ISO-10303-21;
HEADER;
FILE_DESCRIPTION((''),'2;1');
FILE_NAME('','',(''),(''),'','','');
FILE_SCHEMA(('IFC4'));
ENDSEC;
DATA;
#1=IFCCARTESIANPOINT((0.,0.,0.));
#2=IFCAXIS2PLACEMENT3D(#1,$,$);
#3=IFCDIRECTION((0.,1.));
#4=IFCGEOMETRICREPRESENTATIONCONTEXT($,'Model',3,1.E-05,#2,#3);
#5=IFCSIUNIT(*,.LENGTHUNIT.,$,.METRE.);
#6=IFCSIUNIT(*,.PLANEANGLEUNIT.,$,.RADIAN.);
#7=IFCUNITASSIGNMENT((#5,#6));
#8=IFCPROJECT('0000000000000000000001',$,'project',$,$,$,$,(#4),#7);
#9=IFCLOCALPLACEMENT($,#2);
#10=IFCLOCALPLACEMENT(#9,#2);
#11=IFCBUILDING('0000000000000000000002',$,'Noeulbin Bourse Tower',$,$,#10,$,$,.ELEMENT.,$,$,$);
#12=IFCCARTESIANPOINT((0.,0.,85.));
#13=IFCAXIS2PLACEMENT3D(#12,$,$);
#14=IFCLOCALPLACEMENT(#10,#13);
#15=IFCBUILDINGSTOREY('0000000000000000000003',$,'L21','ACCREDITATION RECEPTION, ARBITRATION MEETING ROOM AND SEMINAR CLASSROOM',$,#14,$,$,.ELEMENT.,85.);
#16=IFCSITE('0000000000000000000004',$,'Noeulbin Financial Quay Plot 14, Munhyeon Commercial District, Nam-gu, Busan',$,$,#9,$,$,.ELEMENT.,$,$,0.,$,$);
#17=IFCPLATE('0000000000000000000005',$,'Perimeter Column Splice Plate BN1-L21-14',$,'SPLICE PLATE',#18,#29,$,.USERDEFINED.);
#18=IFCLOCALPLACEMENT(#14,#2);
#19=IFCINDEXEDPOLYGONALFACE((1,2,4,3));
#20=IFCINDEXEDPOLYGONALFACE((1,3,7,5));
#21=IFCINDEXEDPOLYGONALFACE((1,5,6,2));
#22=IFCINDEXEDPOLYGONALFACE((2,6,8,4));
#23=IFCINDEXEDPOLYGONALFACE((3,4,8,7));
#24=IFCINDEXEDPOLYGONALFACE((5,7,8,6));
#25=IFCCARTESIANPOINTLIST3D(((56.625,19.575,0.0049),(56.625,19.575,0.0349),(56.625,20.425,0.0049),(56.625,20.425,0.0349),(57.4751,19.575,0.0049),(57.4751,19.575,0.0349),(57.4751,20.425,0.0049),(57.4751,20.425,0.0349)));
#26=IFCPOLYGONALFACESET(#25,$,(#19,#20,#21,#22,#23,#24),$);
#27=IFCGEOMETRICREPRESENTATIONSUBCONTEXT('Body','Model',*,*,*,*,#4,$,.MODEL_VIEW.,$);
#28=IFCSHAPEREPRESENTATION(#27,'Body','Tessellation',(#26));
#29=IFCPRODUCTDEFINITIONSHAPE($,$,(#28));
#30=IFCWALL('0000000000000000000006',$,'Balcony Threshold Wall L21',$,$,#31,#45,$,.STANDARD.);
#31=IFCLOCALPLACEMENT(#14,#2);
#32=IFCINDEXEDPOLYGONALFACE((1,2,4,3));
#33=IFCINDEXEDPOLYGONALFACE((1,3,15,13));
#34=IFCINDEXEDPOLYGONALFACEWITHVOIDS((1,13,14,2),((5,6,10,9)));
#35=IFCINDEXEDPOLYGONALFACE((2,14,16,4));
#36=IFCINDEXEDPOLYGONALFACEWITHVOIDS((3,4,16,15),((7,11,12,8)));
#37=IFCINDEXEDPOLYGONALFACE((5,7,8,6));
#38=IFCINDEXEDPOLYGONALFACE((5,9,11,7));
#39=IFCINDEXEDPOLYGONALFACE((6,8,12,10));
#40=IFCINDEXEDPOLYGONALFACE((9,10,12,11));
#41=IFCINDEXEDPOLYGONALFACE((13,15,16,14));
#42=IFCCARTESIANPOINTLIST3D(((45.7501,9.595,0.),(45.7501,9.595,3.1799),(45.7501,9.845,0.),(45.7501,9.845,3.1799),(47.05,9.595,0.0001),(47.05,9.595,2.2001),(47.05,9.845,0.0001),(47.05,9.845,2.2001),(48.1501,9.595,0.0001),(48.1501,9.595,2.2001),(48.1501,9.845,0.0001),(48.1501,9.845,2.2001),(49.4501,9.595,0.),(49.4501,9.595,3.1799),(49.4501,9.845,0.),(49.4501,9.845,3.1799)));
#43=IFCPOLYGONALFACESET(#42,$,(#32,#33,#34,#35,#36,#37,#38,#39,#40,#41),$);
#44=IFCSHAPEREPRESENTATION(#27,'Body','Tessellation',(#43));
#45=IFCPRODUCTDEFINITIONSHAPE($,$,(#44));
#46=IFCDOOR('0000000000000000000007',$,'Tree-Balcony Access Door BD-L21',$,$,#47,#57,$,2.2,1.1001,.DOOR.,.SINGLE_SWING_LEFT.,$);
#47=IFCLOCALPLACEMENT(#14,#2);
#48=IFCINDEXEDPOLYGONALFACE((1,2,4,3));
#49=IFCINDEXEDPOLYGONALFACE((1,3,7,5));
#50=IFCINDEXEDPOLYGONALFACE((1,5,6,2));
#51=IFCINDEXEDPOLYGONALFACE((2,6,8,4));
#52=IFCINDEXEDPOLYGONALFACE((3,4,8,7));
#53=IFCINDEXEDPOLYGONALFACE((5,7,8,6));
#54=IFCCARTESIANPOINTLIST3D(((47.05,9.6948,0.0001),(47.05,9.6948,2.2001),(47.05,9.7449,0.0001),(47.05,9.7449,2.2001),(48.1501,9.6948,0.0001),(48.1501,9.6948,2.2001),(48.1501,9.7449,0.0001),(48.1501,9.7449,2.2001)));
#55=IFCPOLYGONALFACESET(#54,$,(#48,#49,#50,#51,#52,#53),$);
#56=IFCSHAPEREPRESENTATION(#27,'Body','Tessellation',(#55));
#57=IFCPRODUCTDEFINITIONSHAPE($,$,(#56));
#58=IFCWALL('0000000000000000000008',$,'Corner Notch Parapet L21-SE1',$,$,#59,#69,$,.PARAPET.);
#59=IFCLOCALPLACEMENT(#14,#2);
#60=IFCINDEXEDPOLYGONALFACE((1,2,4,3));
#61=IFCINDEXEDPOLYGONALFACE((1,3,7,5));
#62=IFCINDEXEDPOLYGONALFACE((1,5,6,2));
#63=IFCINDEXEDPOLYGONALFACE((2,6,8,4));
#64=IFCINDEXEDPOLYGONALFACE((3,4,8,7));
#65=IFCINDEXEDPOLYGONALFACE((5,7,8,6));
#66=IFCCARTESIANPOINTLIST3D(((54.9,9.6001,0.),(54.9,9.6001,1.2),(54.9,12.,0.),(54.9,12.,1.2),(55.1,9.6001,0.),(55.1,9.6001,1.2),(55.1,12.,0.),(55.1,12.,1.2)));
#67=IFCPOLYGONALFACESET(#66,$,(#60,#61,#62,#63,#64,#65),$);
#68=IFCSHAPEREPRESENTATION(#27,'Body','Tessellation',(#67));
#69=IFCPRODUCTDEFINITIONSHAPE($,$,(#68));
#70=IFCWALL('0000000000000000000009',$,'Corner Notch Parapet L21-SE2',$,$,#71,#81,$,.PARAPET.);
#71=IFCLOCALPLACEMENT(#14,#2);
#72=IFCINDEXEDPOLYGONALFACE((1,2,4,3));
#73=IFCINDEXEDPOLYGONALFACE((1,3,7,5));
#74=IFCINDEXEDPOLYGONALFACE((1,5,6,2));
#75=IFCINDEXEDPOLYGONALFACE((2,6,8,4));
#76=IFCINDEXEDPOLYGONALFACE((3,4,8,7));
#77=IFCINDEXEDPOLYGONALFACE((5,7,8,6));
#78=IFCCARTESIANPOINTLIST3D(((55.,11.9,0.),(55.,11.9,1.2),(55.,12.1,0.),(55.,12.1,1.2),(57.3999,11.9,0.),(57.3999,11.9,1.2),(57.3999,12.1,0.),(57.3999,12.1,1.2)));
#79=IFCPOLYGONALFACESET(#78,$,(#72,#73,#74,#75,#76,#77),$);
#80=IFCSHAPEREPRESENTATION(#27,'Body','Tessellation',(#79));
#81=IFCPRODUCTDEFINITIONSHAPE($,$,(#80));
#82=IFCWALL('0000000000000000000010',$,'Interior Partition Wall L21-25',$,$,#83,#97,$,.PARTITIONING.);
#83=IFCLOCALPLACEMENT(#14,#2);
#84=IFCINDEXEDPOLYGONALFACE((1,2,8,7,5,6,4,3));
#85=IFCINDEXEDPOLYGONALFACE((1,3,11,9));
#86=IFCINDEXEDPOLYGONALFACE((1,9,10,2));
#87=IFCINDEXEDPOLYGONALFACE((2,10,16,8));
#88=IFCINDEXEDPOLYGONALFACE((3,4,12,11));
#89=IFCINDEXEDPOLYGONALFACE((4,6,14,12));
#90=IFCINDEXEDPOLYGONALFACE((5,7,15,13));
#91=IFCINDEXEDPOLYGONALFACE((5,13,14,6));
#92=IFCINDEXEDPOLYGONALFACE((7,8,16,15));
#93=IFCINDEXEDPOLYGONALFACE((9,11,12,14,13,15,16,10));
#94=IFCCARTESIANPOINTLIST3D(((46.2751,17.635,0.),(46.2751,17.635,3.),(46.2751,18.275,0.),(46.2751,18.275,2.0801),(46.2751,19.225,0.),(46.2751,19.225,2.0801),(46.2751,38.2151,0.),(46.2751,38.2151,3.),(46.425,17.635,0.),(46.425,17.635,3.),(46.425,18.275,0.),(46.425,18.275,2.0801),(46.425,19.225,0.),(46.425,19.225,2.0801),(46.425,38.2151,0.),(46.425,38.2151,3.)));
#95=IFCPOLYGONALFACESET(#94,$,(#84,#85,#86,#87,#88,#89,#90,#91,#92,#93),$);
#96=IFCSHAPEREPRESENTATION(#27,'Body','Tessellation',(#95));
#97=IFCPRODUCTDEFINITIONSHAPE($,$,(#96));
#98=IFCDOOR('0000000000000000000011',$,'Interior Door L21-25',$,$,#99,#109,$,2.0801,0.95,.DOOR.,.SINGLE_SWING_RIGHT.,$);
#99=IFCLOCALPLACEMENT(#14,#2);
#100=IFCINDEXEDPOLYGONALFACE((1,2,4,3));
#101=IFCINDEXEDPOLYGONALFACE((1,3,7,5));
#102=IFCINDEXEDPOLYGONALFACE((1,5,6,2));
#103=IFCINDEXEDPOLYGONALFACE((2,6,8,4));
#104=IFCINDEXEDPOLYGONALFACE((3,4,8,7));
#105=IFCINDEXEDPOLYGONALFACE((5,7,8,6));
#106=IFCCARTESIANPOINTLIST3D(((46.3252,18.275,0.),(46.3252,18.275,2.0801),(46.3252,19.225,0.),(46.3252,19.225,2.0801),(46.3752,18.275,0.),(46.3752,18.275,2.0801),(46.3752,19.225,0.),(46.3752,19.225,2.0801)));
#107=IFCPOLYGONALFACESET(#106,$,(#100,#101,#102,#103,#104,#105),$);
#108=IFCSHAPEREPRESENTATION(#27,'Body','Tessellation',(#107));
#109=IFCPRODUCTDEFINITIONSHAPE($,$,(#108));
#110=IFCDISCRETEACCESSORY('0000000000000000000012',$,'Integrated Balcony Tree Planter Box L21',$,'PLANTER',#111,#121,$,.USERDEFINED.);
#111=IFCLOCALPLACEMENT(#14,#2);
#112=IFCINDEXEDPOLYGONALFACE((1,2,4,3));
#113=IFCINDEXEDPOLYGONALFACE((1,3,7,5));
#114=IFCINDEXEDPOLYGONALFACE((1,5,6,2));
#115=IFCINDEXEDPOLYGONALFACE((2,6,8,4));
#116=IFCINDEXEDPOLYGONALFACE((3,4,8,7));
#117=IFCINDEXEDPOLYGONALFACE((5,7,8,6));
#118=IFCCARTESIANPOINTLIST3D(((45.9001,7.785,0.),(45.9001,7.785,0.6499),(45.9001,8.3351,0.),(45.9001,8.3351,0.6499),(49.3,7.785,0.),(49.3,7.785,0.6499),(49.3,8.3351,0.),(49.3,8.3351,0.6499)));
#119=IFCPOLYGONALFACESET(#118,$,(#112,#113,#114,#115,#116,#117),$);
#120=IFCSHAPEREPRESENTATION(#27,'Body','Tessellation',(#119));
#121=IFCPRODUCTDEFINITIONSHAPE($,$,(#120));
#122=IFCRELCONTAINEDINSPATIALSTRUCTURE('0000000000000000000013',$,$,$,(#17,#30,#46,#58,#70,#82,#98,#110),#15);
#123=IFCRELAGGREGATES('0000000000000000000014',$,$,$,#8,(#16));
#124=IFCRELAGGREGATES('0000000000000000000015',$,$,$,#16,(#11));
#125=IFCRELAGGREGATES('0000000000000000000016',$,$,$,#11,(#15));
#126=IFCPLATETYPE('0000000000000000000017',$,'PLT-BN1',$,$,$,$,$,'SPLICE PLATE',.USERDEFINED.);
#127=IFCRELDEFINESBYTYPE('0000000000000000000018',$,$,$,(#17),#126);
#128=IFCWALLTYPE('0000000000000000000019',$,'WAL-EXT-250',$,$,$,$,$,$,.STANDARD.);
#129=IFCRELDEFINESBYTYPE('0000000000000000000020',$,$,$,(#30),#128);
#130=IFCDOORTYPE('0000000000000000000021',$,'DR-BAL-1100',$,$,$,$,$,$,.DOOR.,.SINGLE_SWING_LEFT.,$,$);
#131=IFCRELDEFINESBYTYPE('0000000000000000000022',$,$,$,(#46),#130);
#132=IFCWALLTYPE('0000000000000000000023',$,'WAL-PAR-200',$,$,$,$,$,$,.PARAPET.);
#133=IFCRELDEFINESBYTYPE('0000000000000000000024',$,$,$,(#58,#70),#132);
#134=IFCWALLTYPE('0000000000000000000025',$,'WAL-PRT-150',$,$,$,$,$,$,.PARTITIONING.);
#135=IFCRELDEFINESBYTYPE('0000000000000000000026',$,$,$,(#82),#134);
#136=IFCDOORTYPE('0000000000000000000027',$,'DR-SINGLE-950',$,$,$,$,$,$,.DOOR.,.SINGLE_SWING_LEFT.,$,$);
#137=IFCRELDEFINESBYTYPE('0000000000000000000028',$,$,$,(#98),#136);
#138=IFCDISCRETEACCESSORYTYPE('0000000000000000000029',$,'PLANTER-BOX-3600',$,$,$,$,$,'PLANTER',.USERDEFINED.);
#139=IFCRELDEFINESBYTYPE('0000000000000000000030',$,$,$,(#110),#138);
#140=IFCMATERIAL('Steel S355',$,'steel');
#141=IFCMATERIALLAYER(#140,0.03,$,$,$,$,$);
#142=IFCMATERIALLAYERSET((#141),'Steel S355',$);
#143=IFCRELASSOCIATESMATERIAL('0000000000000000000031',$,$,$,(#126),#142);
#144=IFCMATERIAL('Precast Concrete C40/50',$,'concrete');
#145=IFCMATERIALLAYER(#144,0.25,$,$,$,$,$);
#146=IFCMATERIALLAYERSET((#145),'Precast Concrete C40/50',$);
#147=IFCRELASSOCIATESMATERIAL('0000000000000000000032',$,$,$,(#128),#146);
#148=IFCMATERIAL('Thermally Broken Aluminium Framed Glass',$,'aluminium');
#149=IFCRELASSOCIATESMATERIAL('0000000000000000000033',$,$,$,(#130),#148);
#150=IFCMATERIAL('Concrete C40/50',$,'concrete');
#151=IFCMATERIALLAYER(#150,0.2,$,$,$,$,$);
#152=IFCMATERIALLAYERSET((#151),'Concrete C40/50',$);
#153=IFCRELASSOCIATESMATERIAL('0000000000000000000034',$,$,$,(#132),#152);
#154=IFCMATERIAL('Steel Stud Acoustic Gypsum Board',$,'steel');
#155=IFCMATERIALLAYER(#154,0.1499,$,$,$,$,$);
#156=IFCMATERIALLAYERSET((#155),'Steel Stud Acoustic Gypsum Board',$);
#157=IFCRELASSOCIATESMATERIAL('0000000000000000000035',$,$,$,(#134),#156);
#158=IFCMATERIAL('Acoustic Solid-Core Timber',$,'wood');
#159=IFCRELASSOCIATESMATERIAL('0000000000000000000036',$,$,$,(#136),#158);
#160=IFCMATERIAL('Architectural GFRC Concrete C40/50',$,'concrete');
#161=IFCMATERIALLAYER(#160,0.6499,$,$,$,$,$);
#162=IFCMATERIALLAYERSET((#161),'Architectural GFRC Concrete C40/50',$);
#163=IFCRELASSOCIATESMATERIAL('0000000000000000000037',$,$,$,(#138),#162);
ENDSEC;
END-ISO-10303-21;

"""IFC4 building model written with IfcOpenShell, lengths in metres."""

from ifc_helpers import new_model, si_unit, direction, frame, frame_2d, origin, origin_2d, place, context, subcontext, project, spatial, rectangle, extrude, material, layer, layer_set, type_object, element, fill, save


model = new_model("IFC4")

# Units and contexts
model_context = context("Model", 3, precision=1e-05, world=origin(), true_north=direction((0.0, 1.0)))
body_context = subcontext(model_context, "Body", "Model", "MODEL_VIEW")
ifc_project = project(units=[si_unit("LENGTHUNIT", "METRE"), si_unit("PLANEANGLEUNIT", "RADIAN")], contexts=[model_context])

# Site, building, storey
site_placement = place(None, origin())
site = spatial("IfcSite", under=ifc_project, at=site_placement, Name="Noeulbin Financial Quay Plot 14, Munhyeon Commercial District, Nam-gu, Busan", CompositionType="ELEMENT", RefElevation=0.0)
building_placement = place(site_placement, origin())
building = spatial("IfcBuilding", under=site, at=building_placement, Name="Noeulbin Bourse Tower", CompositionType="ELEMENT")
storey_placement = place(building_placement, frame((0.0, 0.0, 85.0)))
storey = spatial("IfcBuildingStorey", under=building, at=storey_placement, Name="L21", Description="ACCREDITATION RECEPTION, ARBITRATION MEETING ROOM AND SEMINAR CLASSROOM", CompositionType="ELEMENT", Elevation=85.0)

# Shared definitions
ifc_material_1 = material(Name="Steel S355", Category="steel")

# Plate
ifc_layer_1 = layer(ifc_material_1, 0.03)
ifc_layer_set_1 = layer_set([ifc_layer_1], Name="Steel S355")
plate_type_1 = type_object("IfcPlateType", Name="PLT-BN1", ElementType="SPLICE PLATE", PredefinedType="USERDEFINED", material=ifc_layer_set_1)
plate_1_placement = place(storey_placement, frame((57.05, 20.0, 0.0049), z_axis=(0.0, 0.0, 1.0), x_axis=(1.0, 0.0, 0.0)))
element("IfcPlate", 1, at=plate_1_placement, inside=storey, type_object=plate_type_1, Name="Perimeter Column Splice Plate BN1-L21-14", ObjectType="SPLICE PLATE", PredefinedType="USERDEFINED", context=body_context, shape_type="SweptSolid", body=[
    extrude(rectangle(XDim=0.8501, YDim=0.8501, at=origin_2d()), origin(), (0.0, 0.0, 1.0), 0.03),
])

# Wall, opening, door
ifc_material_2 = material(Name="Precast Concrete C40/50", Category="concrete")
ifc_layer_2 = layer(ifc_material_2, 0.25)
ifc_layer_set_2 = layer_set([ifc_layer_2], Name="Precast Concrete C40/50")
wall_type_1 = type_object("IfcWallType", Name="WAL-EXT-250", PredefinedType="STANDARD", material=ifc_layer_set_2)
wall_1_placement = place(storey_placement, frame((45.75, 9.72, 0.0), z_axis=(0.0, 0.0, 1.0), x_axis=(1.0, 0.0, 0.0)))
wall_1 = element("IfcWall", 2, at=wall_1_placement, inside=storey, type_object=wall_type_1, Name="Balcony Threshold Wall L21", PredefinedType="STANDARD", context=body_context, shape_type="SweptSolid", body=[
    extrude(rectangle(XDim=3.7, YDim=0.25, at=frame_2d((1.8501, 0.0))), origin(), (0.0, 0.0, 1.0), 3.1799),
])
opening_1_placement = place(wall_1_placement, frame((1.3, 0.0, 0.0)))
opening_1 = element("IfcOpeningElement", 3, at=opening_1_placement, cuts=wall_1, PredefinedType="OPENING", context=body_context, shape_type="SweptSolid", body=[
    extrude(rectangle(XDim=1.1001, YDim=2.2, at=frame_2d((0.55, 1.1001))), frame((0.0, 0.135, 0.0), z_axis=(0.0, -1.0, 0.0), x_axis=(1.0, 0.0, 0.0)), (0.0, 0.0, 1.0), 0.27),
])
ifc_material_3 = material(Name="Thermally Broken Aluminium Framed Glass", Category="aluminium")
door_type_1 = type_object("IfcDoorType", Name="DR-BAL-1100", OperationType="SINGLE_SWING_LEFT", PredefinedType="DOOR", material=ifc_material_3)
door_1_placement = place(opening_1_placement, origin())
door_1 = element("IfcDoor", 4, at=door_1_placement, inside=storey, type_object=door_type_1, Name="Tree-Balcony Access Door BD-L21", OperationType="SINGLE_SWING_LEFT", OverallHeight=2.2, OverallWidth=1.1001, PredefinedType="DOOR", context=body_context, shape_type="SweptSolid", body=[
    extrude(rectangle(XDim=1.1001, YDim=2.2, at=frame_2d((0.55, 1.1001))), frame((0.0, 0.0249, 0.0), z_axis=(0.0, -1.0, 0.0), x_axis=(1.0, 0.0, 0.0)), (0.0, 0.0, 1.0), 0.05),
])
fill(opening_1, door_1)

# Walls
ifc_material_4 = material(Name="Concrete C40/50", Category="concrete")
ifc_layer_3 = layer(ifc_material_4, 0.2)
ifc_layer_set_3 = layer_set([ifc_layer_3], Name="Concrete C40/50")
wall_type_2 = type_object("IfcWallType", Name="WAL-PAR-200", PredefinedType="PARAPET", material=ifc_layer_set_3)
for number, where, z_axis, x_axis, name in (
    (5, (55.0, 9.6001, 0.0), (0.0, 0.0, 1.0), (0.0, 1.0, 0.0), "Corner Notch Parapet L21-SE1"),
    (6, (55.0, 12.0, 0.0), (0.0, 0.0, 1.0), (1.0, 0.0, 0.0), "Corner Notch Parapet L21-SE2"),
):
    element("IfcWall", number, at=place(storey_placement, frame(where, z_axis=z_axis, x_axis=x_axis)), inside=storey, type_object=wall_type_2, Name=name, PredefinedType="PARAPET", context=body_context, shape_type="SweptSolid", body=[
        extrude(rectangle(XDim=2.3999, YDim=0.2, at=frame_2d((1.2, 0.0))), origin(), (0.0, 0.0, 1.0), 1.2),
    ])

# Wall, opening, door
ifc_material_5 = material(Name="Steel Stud Acoustic Gypsum Board", Category="steel")
ifc_layer_4 = layer(ifc_material_5, 0.1499)
ifc_layer_set_4 = layer_set([ifc_layer_4], Name="Steel Stud Acoustic Gypsum Board")
wall_type_3 = type_object("IfcWallType", Name="WAL-PRT-150", PredefinedType="PARTITIONING", material=ifc_layer_set_4)
wall_2_placement = place(storey_placement, frame((46.3501, 17.635, 0.0), z_axis=(0.0, 0.0, 1.0), x_axis=(0.0, 1.0, 0.0)))
wall_2 = element("IfcWall", 7, at=wall_2_placement, inside=storey, type_object=wall_type_3, Name="Interior Partition Wall L21-25", PredefinedType="PARTITIONING", context=body_context, shape_type="SweptSolid", body=[
    extrude(rectangle(XDim=20.5801, YDim=0.1499, at=frame_2d((10.29, 0.0))), origin(), (0.0, 0.0, 1.0), 3.0),
])
opening_2_placement = place(wall_2_placement, frame((0.6399, 0.0, 0.0)))
opening_2 = element("IfcOpeningElement", 8, at=opening_2_placement, cuts=wall_2, PredefinedType="OPENING", context=body_context, shape_type="SweptSolid", body=[
    extrude(rectangle(XDim=0.95, YDim=2.0801, at=frame_2d((0.4751, 1.04))), frame((0.0, 0.085, 0.0), z_axis=(0.0, -1.0, 0.0), x_axis=(1.0, 0.0, 0.0)), (0.0, 0.0, 1.0), 0.1699),
])
ifc_material_6 = material(Name="Acoustic Solid-Core Timber", Category="wood")
door_type_2 = type_object("IfcDoorType", Name="DR-SINGLE-950", OperationType="SINGLE_SWING_LEFT", PredefinedType="DOOR", material=ifc_material_6)
door_2_placement = place(opening_2_placement, origin())
door_2 = element("IfcDoor", 9, at=door_2_placement, inside=storey, type_object=door_type_2, Name="Interior Door L21-25", OperationType="SINGLE_SWING_RIGHT", OverallHeight=2.0801, OverallWidth=0.95, PredefinedType="DOOR", context=body_context, shape_type="SweptSolid", body=[
    extrude(rectangle(XDim=0.95, YDim=2.0801, at=frame_2d((0.4751, 1.04))), frame((0.0, 0.0249, 0.0), z_axis=(0.0, -1.0, 0.0), x_axis=(1.0, 0.0, 0.0)), (0.0, 0.0, 1.0), 0.05),
])
fill(opening_2, door_2)

# Discrete accessory
ifc_material_7 = material(Name="Architectural GFRC Concrete C40/50", Category="concrete")
ifc_layer_5 = layer(ifc_material_7, 0.6499)
ifc_layer_set_5 = layer_set([ifc_layer_5], Name="Architectural GFRC Concrete C40/50")
discrete_accessory_type = type_object("IfcDiscreteAccessoryType", Name="PLANTER-BOX-3600", ElementType="PLANTER", PredefinedType="USERDEFINED", material=ifc_layer_set_5)
discrete_accessory_placement = place(storey_placement, frame((47.6001, 8.0601, 0.0), z_axis=(0.0, 0.0, 1.0), x_axis=(1.0, 0.0, 0.0)))
element("IfcDiscreteAccessory", 10, at=discrete_accessory_placement, inside=storey, type_object=discrete_accessory_type, Name="Integrated Balcony Tree Planter Box L21", ObjectType="PLANTER", PredefinedType="USERDEFINED", context=body_context, shape_type="SweptSolid", body=[
    extrude(rectangle(XDim=3.3999, YDim=0.55, at=origin_2d()), origin(), (0.0, 0.0, 1.0), 0.6499),
])

save(model, "model.ifc")
